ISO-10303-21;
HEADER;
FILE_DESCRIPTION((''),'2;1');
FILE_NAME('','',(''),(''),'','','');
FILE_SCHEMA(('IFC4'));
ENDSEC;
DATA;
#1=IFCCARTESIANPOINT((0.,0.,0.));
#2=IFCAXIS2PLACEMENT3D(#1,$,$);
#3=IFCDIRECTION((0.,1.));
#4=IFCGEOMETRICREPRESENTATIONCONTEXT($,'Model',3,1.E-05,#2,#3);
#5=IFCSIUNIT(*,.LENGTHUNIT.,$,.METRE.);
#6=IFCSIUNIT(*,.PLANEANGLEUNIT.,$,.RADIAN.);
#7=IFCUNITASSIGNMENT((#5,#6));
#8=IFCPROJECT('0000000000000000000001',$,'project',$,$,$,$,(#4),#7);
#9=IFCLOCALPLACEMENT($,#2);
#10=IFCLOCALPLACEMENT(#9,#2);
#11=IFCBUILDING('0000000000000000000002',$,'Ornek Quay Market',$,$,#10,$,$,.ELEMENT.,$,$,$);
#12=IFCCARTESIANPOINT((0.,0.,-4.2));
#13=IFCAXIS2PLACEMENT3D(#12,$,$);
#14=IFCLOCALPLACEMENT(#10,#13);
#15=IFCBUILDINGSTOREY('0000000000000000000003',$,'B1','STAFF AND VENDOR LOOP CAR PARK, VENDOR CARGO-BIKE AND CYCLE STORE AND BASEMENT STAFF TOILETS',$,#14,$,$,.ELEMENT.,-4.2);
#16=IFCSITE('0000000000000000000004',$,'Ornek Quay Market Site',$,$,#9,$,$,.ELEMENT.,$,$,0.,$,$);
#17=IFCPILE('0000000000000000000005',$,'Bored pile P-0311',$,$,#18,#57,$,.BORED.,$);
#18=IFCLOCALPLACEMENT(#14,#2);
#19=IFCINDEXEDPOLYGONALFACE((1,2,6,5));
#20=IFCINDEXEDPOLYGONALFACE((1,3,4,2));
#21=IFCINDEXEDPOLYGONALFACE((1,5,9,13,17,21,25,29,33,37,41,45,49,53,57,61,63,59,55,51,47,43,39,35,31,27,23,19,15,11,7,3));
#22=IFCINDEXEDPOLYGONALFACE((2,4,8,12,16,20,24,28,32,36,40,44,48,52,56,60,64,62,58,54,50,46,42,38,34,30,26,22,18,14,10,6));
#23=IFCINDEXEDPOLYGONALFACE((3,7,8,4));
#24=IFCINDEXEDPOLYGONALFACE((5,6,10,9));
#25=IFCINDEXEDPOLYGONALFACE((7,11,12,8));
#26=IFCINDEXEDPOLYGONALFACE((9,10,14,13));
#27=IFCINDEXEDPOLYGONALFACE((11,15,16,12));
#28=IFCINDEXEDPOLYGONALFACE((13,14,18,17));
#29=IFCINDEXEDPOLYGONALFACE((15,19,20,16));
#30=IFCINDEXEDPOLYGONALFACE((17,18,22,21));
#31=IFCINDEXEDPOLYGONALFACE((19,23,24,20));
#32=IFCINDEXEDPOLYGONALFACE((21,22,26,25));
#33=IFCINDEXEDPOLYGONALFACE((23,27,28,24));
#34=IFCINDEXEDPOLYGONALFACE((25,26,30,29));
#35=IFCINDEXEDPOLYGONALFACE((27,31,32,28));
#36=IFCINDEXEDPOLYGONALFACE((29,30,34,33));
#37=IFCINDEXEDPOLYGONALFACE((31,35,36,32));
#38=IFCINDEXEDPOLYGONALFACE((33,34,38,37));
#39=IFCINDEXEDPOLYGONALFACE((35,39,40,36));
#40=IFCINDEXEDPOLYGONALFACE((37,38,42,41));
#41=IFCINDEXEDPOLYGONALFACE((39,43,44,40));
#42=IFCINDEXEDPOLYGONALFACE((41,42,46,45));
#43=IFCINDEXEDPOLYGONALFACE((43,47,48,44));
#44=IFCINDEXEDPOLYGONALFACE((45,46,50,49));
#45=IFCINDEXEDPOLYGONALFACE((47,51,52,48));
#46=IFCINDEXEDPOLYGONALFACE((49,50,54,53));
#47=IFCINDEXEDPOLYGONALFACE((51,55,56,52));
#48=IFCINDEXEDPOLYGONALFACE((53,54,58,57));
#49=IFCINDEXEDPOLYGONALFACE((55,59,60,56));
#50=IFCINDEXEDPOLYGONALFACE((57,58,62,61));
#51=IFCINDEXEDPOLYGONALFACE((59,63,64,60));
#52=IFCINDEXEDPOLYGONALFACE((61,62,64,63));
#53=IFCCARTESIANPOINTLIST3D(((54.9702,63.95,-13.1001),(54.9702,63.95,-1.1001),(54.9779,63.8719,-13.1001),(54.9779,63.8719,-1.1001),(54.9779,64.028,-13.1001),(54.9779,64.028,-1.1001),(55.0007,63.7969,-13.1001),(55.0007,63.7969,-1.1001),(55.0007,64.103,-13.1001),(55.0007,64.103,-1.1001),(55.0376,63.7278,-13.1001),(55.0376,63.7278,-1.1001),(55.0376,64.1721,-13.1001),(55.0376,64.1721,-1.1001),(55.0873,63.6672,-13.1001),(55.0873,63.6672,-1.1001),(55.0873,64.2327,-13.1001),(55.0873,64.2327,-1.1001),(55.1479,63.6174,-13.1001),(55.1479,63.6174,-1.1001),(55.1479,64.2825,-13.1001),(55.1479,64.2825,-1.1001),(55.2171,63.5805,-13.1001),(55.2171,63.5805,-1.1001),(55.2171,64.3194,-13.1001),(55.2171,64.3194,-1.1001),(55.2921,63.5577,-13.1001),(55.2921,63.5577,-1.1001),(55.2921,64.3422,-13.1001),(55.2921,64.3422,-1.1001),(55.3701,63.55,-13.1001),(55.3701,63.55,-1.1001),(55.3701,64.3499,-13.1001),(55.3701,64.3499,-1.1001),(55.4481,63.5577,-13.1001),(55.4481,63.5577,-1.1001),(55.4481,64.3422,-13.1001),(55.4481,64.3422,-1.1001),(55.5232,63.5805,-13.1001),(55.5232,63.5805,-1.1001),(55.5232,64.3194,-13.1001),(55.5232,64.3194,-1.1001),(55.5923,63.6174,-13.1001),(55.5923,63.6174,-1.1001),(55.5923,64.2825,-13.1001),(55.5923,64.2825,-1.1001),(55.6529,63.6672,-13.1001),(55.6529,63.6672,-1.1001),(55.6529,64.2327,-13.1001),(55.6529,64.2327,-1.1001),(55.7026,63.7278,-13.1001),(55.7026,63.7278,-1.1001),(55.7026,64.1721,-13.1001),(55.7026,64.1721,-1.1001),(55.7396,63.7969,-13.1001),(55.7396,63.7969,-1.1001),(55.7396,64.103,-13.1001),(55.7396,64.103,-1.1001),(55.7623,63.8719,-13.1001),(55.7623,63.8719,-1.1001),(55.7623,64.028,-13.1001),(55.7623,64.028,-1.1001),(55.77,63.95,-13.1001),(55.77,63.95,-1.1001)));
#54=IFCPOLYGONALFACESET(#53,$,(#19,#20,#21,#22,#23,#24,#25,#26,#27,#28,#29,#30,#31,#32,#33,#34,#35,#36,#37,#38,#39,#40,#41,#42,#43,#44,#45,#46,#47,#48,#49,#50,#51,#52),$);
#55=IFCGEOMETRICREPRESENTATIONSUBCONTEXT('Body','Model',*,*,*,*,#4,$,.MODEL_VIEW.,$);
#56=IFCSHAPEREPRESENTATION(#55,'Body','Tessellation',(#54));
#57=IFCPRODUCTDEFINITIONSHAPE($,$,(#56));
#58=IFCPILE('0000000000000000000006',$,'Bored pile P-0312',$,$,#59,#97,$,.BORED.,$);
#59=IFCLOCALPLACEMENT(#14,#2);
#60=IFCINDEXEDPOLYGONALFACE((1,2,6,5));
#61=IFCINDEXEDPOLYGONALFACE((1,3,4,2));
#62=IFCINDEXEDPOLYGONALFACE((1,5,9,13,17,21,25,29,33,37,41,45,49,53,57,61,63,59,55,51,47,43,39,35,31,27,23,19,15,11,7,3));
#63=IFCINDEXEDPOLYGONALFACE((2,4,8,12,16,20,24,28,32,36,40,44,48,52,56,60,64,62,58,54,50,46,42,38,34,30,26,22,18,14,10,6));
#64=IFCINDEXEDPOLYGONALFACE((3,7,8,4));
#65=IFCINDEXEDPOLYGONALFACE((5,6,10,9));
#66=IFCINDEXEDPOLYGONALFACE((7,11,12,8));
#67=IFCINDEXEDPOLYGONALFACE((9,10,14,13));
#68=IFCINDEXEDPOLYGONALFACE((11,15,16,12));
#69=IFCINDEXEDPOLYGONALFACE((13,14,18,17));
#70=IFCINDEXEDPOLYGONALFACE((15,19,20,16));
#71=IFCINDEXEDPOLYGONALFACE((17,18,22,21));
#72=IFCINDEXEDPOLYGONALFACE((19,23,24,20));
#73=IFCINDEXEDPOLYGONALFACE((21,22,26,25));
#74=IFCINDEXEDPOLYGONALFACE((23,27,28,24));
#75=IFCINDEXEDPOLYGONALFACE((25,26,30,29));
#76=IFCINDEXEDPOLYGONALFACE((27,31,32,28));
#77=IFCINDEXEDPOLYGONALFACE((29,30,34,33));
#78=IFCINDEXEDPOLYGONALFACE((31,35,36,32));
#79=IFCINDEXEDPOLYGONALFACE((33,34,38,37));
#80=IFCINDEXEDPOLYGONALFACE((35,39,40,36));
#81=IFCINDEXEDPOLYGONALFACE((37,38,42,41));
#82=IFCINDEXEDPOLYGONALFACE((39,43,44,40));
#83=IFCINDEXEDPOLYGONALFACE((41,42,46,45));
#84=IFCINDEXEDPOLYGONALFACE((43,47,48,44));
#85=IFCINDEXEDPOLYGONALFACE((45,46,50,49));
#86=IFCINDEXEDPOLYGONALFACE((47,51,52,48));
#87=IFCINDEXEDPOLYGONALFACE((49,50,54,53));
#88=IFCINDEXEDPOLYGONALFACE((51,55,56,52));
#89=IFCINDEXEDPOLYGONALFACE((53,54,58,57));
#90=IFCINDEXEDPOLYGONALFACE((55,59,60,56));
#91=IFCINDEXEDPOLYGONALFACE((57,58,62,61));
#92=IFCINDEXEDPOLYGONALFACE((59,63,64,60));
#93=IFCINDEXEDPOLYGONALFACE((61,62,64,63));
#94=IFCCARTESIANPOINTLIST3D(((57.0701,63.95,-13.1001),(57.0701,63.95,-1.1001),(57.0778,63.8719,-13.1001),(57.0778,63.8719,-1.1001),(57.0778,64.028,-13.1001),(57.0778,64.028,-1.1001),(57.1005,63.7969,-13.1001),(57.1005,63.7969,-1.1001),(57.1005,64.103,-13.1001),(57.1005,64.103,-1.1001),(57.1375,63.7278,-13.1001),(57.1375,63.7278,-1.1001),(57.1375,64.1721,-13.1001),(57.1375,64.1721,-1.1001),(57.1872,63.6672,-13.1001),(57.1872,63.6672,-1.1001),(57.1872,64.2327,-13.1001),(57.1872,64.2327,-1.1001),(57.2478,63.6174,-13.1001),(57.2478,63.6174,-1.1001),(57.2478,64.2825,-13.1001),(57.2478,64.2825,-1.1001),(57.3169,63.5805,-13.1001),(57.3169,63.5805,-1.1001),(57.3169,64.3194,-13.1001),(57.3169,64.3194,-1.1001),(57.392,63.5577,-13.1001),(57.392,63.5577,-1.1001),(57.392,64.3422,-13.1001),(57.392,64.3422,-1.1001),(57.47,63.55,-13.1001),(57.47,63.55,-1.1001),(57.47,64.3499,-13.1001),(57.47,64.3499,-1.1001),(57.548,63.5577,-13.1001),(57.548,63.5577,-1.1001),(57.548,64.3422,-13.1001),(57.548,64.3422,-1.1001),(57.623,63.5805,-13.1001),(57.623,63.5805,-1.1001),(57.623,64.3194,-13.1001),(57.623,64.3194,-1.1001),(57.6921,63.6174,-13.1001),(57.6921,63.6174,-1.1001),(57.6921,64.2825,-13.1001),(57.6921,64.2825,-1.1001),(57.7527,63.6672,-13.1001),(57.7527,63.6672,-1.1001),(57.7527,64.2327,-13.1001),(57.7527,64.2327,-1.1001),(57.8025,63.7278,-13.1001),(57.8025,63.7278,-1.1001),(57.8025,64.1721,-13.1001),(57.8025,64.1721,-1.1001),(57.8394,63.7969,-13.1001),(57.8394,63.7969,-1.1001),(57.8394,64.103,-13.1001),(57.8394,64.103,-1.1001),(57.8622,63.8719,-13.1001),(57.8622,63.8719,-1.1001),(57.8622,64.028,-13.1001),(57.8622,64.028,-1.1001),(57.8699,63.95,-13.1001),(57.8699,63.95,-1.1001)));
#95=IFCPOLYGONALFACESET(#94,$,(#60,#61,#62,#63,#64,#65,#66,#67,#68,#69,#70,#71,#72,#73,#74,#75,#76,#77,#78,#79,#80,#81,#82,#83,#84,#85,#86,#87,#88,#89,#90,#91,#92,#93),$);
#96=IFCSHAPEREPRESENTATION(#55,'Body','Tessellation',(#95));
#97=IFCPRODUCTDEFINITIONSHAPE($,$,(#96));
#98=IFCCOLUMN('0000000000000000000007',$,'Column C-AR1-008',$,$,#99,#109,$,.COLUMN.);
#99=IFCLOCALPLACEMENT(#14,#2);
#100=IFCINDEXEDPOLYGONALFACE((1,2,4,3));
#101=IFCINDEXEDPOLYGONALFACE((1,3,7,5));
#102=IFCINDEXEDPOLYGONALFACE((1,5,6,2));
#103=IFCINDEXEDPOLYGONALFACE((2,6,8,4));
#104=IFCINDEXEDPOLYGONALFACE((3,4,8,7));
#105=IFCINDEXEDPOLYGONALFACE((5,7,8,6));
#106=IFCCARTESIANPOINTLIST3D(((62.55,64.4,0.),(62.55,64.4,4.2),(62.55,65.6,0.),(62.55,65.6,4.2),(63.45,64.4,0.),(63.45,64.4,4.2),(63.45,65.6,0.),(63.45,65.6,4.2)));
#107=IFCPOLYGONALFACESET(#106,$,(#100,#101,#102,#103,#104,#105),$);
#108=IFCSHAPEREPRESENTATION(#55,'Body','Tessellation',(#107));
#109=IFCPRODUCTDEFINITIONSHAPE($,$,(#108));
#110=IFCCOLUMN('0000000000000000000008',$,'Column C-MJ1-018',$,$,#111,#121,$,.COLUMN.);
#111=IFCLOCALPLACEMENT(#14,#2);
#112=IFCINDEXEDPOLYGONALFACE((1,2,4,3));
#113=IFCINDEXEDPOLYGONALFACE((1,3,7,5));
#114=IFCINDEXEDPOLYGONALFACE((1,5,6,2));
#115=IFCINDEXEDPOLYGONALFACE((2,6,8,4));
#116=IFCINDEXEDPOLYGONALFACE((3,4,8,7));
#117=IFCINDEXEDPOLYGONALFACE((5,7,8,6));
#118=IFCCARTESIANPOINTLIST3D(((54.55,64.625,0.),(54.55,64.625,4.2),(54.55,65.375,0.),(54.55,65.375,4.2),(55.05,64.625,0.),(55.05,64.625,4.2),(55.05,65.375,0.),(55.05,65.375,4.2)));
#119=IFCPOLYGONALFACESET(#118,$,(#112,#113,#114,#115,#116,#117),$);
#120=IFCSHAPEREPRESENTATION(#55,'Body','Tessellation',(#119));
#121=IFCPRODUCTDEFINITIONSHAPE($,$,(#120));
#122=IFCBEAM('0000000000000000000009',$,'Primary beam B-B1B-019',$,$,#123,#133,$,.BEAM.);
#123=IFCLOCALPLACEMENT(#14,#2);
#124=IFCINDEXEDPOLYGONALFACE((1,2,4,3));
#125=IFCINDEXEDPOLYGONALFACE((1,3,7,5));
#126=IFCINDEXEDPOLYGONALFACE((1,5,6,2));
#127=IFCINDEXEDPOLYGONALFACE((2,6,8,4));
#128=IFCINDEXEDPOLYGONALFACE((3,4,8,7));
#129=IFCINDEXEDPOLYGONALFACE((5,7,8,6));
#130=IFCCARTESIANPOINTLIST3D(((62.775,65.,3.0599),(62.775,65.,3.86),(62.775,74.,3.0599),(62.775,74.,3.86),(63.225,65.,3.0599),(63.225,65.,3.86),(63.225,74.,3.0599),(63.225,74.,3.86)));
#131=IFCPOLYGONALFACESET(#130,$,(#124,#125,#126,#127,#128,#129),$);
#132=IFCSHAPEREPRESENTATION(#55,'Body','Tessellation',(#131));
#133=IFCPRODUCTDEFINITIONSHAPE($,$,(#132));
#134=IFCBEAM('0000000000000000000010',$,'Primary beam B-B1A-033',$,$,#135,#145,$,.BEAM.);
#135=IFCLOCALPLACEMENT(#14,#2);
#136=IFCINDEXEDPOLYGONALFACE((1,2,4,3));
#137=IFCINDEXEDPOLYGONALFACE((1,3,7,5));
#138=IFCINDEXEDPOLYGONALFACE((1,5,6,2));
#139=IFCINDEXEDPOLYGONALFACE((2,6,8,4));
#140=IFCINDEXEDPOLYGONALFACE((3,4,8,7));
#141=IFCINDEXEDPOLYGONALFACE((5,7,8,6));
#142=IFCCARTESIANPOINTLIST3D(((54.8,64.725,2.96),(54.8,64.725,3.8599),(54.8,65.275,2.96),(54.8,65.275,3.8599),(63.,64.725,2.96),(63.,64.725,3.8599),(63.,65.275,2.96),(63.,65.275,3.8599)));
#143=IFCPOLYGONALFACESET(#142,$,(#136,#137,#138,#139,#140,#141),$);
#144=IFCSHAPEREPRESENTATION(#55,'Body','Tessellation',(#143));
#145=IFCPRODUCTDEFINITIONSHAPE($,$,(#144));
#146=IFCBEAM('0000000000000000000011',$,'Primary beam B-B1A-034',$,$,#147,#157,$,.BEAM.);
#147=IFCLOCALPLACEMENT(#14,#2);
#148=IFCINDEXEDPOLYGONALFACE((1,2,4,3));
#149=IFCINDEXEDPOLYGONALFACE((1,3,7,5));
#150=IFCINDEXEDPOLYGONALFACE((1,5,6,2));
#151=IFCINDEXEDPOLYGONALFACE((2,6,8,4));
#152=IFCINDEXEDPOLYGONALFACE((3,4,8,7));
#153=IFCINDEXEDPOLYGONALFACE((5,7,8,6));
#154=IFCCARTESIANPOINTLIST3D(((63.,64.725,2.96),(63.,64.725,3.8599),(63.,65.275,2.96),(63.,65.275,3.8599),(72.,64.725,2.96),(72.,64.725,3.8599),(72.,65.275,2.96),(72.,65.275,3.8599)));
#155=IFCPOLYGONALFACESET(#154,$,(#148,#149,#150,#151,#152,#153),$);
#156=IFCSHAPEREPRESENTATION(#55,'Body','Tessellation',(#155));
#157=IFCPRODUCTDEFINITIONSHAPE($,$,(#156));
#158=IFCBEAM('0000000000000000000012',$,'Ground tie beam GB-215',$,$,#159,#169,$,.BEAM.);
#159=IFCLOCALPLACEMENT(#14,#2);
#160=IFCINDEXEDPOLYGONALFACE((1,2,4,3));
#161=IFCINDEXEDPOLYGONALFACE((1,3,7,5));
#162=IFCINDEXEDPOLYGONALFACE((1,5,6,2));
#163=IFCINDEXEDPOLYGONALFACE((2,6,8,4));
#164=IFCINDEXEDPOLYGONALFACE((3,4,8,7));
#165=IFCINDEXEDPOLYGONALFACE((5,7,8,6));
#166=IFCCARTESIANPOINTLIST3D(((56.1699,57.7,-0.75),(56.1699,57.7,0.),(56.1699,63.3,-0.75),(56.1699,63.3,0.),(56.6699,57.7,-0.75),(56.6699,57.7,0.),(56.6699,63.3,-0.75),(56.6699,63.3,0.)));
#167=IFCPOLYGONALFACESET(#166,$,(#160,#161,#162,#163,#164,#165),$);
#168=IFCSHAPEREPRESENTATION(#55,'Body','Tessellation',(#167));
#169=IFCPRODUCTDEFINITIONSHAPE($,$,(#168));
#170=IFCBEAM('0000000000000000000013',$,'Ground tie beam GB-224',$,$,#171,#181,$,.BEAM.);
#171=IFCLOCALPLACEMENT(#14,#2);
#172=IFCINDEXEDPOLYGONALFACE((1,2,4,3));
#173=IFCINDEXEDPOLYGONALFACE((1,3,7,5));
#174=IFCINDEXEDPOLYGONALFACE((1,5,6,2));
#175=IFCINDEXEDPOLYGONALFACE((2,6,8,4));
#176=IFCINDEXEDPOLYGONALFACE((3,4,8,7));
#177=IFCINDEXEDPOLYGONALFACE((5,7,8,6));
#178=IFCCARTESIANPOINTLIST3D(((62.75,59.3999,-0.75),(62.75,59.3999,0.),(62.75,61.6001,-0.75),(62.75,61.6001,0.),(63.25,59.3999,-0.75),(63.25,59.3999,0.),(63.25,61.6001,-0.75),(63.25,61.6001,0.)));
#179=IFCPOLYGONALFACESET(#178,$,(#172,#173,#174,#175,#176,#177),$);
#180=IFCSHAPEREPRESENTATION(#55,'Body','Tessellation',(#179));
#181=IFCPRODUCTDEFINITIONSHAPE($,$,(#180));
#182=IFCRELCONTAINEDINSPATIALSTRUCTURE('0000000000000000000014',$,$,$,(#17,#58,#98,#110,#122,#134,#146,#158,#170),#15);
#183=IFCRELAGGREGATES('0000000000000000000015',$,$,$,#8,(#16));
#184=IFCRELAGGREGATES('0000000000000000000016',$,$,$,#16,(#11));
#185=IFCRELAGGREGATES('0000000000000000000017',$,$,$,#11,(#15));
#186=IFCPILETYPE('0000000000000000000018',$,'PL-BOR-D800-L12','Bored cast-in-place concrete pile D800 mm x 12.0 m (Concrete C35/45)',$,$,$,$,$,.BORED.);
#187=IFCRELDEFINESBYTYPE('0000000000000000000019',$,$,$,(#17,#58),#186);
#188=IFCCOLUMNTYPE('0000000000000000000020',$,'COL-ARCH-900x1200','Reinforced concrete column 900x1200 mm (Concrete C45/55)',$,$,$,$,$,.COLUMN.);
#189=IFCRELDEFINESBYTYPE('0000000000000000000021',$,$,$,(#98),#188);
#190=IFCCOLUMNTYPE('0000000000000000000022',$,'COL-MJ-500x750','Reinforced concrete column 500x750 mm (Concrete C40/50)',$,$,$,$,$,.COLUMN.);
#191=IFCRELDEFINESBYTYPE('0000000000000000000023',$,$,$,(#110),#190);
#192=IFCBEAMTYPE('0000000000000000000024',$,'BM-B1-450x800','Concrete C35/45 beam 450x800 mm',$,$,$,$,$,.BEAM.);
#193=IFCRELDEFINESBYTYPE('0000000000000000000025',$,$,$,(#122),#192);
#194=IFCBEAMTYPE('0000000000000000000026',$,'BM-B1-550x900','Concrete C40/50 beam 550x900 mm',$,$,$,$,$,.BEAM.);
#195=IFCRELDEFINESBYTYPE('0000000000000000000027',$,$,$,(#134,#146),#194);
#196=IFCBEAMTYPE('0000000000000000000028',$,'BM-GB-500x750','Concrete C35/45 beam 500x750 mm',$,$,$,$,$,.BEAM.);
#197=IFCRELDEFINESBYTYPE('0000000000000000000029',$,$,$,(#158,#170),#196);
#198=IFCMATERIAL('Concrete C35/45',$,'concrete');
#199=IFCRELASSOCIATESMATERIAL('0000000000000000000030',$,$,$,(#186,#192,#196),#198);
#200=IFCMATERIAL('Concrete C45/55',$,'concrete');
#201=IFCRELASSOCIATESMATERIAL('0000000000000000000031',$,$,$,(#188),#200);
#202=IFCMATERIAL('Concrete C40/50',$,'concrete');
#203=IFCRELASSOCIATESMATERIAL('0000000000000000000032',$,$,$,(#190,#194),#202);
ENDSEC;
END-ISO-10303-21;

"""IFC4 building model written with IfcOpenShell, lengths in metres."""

from ifc_helpers import new_model, si_unit, direction, frame, origin, origin_2d, place, context, subcontext, project, spatial, rectangle, circle, extrude, material, material_profile, profile_set, type_object, element, save


model = new_model("IFC4")

# Units and contexts
model_context = context("Model", 3, precision=1e-05, world=origin(), true_north=direction((0.0, 1.0)))
body_context = subcontext(model_context, "Body", "Model", "MODEL_VIEW")
ifc_project = project(units=[si_unit("LENGTHUNIT", "METRE"), si_unit("PLANEANGLEUNIT", "RADIAN")], contexts=[model_context])

# Site, building, storey
site_placement = place(None, origin())
site = spatial("IfcSite", under=ifc_project, at=site_placement, Name="Ornek Quay Market Site", CompositionType="ELEMENT", RefElevation=0.0)
building_placement = place(site_placement, origin())
building = spatial("IfcBuilding", under=site, at=building_placement, Name="Ornek Quay Market", CompositionType="ELEMENT")
storey_placement = place(building_placement, frame((0.0, 0.0, -4.2)))
storey = spatial("IfcBuildingStorey", under=building, at=storey_placement, Name="B1", Description="STAFF AND VENDOR LOOP CAR PARK, VENDOR CARGO-BIKE AND CYCLE STORE AND BASEMENT STAFF TOILETS", CompositionType="ELEMENT", Elevation=-4.2)

# Piles
ifc_material_1 = material(Name="Concrete C35/45", Category="concrete")
ifc_material_profile_1 = material_profile(ifc_material_1, circle(Radius=0.3999, at=origin_2d()), Name="PILE D800", Category="concrete")
ifc_profile_set_1 = profile_set([ifc_material_profile_1], Name="Concrete C35/45")
pile_type_1 = type_object("IfcPileType", Name="PL-BOR-D800-L12", Description="Bored cast-in-place concrete pile D800 mm x 12.0 m (Concrete C35/45)", PredefinedType="BORED", material=ifc_profile_set_1)
for number, where, z_axis, x_axis, name in (
    (1, (55.3701, 63.95, -1.1001), (0.0, 0.0, -1.0), (1.0, 0.0, 0.0), "Bored pile P-0311"),
    (2, (57.47, 63.95, -1.1001), (0.0, 0.0, -1.0), (1.0, 0.0, 0.0), "Bored pile P-0312"),
):
    element("IfcPile", number, at=place(storey_placement, frame(where, z_axis=z_axis, x_axis=x_axis)), inside=storey, type_object=pile_type_1, Name=name, PredefinedType="BORED", context=body_context, shape_type="SweptSolid", body=[
        extrude(circle(Radius=0.3999, at=origin_2d()), origin(), (0.0, 0.0, 1.0), 12.0),
    ])

# Columns
ifc_material_2 = material(Name="Concrete C45/55", Category="concrete")
ifc_material_profile_2 = material_profile(ifc_material_2, rectangle(XDim=0.8999, YDim=1.2, at=origin_2d()), Name="RC 900x1200", Category="concrete")
ifc_profile_set_2 = profile_set([ifc_material_profile_2], Name="Concrete C45/55")
column_type_1 = type_object("IfcColumnType", Name="COL-ARCH-900x1200", Description="Reinforced concrete column 900x1200 mm (Concrete C45/55)", PredefinedType="COLUMN", material=ifc_profile_set_2)
column_1_placement = place(storey_placement, frame((63.0, 65.0, 0.0), z_axis=(0.0, 0.0, 1.0), x_axis=(1.0, 0.0, 0.0)))
element("IfcColumn", 3, at=column_1_placement, inside=storey, type_object=column_type_1, Name="Column C-AR1-008", PredefinedType="COLUMN", context=body_context, shape_type="SweptSolid", body=[
    extrude(rectangle(XDim=0.8999, YDim=1.2, at=origin_2d()), origin(), (0.0, 0.0, 1.0), 4.2),
])
ifc_material_3 = material(Name="Concrete C40/50", Category="concrete")
ifc_material_profile_3 = material_profile(ifc_material_3, rectangle(XDim=0.5, YDim=0.75, at=origin_2d()), Name="RC 500x750", Category="concrete")
ifc_profile_set_3 = profile_set([ifc_material_profile_3], Name="Concrete C40/50")
column_type_2 = type_object("IfcColumnType", Name="COL-MJ-500x750", Description="Reinforced concrete column 500x750 mm (Concrete C40/50)", PredefinedType="COLUMN", material=ifc_profile_set_3)
column_2_placement = place(storey_placement, frame((54.8, 65.0, 0.0), z_axis=(0.0, 0.0, 1.0), x_axis=(1.0, 0.0, 0.0)))
element("IfcColumn", 4, at=column_2_placement, inside=storey, type_object=column_type_2, Name="Column C-MJ1-018", PredefinedType="COLUMN", context=body_context, shape_type="SweptSolid", body=[
    extrude(rectangle(XDim=0.5, YDim=0.75, at=origin_2d()), origin(), (0.0, 0.0, 1.0), 4.2),
])

# Beams
ifc_material_profile_4 = material_profile(ifc_material_1, rectangle(XDim=0.45, YDim=0.8, at=origin_2d()), Name="RC 450x800", Category="concrete")
ifc_profile_set_4 = profile_set([ifc_material_profile_4], Name="Concrete C35/45")
beam_type_1 = type_object("IfcBeamType", Name="BM-B1-450x800", Description="Concrete C35/45 beam 450x800 mm", PredefinedType="BEAM", material=ifc_profile_set_4)
beam_1_placement = place(storey_placement, frame((63.0, 65.0, 3.46), z_axis=(0.0, 1.0, 0.0), x_axis=(-1.0, 0.0, 0.0)))
element("IfcBeam", 5, at=beam_1_placement, inside=storey, type_object=beam_type_1, Name="Primary beam B-B1B-019", PredefinedType="BEAM", context=body_context, shape_type="SweptSolid", body=[
    extrude(rectangle(XDim=0.45, YDim=0.8, at=origin_2d()), origin(), (0.0, 0.0, 1.0), 9.0),
])
ifc_material_profile_5 = material_profile(ifc_material_3, rectangle(XDim=0.55, YDim=0.8999, at=origin_2d()), Name="RC 550x900", Category="concrete")
ifc_profile_set_5 = profile_set([ifc_material_profile_5], Name="Concrete C40/50")
beam_type_2 = type_object("IfcBeamType", Name="BM-B1-550x900", Description="Concrete C40/50 beam 550x900 mm", PredefinedType="BEAM", material=ifc_profile_set_5)
beam_2_placement = place(storey_placement, frame((54.8, 65.0, 3.4099), z_axis=(1.0, 0.0, 0.0), x_axis=(0.0, 1.0, 0.0)))
element("IfcBeam", 6, at=beam_2_placement, inside=storey, type_object=beam_type_2, Name="Primary beam B-B1A-033", PredefinedType="BEAM", context=body_context, shape_type="SweptSolid", body=[
    extrude(rectangle(XDim=0.55, YDim=0.8999, at=origin_2d()), origin(), (0.0, 0.0, 1.0), 8.2),
])
beam_3_placement = place(storey_placement, frame((63.0, 65.0, 3.4099), z_axis=(1.0, 0.0, 0.0), x_axis=(0.0, 1.0, 0.0)))
element("IfcBeam", 7, at=beam_3_placement, inside=storey, type_object=beam_type_2, Name="Primary beam B-B1A-034", PredefinedType="BEAM", context=body_context, shape_type="SweptSolid", body=[
    extrude(rectangle(XDim=0.55, YDim=0.8999, at=origin_2d()), origin(), (0.0, 0.0, 1.0), 9.0),
])
ifc_material_profile_6 = material_profile(ifc_material_1, rectangle(XDim=0.5, YDim=0.75, at=origin_2d()), Name="RC 500x750", Category="concrete")
ifc_profile_set_6 = profile_set([ifc_material_profile_6], Name="Concrete C35/45")
beam_type_3 = type_object("IfcBeamType", Name="BM-GB-500x750", Description="Concrete C35/45 beam 500x750 mm", PredefinedType="BEAM", material=ifc_profile_set_6)
beam_4_placement = place(storey_placement, frame((56.4199, 57.7, -0.375), z_axis=(0.0, 1.0, 0.0), x_axis=(-1.0, 0.0, 0.0)))
element("IfcBeam", 8, at=beam_4_placement, inside=storey, type_object=beam_type_3, Name="Ground tie beam GB-215", PredefinedType="BEAM", context=body_context, shape_type="SweptSolid", body=[
    extrude(rectangle(XDim=0.5, YDim=0.75, at=origin_2d()), origin(), (0.0, 0.0, 1.0), 5.6001),
])
beam_5_placement = place(storey_placement, frame((63.0, 59.3999, -0.375), z_axis=(0.0, 1.0, 0.0), x_axis=(-1.0, 0.0, 0.0)))
element("IfcBeam", 9, at=beam_5_placement, inside=storey, type_object=beam_type_3, Name="Ground tie beam GB-224", PredefinedType="BEAM", context=body_context, shape_type="SweptSolid", body=[
    extrude(rectangle(XDim=0.5, YDim=0.75, at=origin_2d()), origin(), (0.0, 0.0, 1.0), 2.2002),
])

save(model, "model.ifc")
